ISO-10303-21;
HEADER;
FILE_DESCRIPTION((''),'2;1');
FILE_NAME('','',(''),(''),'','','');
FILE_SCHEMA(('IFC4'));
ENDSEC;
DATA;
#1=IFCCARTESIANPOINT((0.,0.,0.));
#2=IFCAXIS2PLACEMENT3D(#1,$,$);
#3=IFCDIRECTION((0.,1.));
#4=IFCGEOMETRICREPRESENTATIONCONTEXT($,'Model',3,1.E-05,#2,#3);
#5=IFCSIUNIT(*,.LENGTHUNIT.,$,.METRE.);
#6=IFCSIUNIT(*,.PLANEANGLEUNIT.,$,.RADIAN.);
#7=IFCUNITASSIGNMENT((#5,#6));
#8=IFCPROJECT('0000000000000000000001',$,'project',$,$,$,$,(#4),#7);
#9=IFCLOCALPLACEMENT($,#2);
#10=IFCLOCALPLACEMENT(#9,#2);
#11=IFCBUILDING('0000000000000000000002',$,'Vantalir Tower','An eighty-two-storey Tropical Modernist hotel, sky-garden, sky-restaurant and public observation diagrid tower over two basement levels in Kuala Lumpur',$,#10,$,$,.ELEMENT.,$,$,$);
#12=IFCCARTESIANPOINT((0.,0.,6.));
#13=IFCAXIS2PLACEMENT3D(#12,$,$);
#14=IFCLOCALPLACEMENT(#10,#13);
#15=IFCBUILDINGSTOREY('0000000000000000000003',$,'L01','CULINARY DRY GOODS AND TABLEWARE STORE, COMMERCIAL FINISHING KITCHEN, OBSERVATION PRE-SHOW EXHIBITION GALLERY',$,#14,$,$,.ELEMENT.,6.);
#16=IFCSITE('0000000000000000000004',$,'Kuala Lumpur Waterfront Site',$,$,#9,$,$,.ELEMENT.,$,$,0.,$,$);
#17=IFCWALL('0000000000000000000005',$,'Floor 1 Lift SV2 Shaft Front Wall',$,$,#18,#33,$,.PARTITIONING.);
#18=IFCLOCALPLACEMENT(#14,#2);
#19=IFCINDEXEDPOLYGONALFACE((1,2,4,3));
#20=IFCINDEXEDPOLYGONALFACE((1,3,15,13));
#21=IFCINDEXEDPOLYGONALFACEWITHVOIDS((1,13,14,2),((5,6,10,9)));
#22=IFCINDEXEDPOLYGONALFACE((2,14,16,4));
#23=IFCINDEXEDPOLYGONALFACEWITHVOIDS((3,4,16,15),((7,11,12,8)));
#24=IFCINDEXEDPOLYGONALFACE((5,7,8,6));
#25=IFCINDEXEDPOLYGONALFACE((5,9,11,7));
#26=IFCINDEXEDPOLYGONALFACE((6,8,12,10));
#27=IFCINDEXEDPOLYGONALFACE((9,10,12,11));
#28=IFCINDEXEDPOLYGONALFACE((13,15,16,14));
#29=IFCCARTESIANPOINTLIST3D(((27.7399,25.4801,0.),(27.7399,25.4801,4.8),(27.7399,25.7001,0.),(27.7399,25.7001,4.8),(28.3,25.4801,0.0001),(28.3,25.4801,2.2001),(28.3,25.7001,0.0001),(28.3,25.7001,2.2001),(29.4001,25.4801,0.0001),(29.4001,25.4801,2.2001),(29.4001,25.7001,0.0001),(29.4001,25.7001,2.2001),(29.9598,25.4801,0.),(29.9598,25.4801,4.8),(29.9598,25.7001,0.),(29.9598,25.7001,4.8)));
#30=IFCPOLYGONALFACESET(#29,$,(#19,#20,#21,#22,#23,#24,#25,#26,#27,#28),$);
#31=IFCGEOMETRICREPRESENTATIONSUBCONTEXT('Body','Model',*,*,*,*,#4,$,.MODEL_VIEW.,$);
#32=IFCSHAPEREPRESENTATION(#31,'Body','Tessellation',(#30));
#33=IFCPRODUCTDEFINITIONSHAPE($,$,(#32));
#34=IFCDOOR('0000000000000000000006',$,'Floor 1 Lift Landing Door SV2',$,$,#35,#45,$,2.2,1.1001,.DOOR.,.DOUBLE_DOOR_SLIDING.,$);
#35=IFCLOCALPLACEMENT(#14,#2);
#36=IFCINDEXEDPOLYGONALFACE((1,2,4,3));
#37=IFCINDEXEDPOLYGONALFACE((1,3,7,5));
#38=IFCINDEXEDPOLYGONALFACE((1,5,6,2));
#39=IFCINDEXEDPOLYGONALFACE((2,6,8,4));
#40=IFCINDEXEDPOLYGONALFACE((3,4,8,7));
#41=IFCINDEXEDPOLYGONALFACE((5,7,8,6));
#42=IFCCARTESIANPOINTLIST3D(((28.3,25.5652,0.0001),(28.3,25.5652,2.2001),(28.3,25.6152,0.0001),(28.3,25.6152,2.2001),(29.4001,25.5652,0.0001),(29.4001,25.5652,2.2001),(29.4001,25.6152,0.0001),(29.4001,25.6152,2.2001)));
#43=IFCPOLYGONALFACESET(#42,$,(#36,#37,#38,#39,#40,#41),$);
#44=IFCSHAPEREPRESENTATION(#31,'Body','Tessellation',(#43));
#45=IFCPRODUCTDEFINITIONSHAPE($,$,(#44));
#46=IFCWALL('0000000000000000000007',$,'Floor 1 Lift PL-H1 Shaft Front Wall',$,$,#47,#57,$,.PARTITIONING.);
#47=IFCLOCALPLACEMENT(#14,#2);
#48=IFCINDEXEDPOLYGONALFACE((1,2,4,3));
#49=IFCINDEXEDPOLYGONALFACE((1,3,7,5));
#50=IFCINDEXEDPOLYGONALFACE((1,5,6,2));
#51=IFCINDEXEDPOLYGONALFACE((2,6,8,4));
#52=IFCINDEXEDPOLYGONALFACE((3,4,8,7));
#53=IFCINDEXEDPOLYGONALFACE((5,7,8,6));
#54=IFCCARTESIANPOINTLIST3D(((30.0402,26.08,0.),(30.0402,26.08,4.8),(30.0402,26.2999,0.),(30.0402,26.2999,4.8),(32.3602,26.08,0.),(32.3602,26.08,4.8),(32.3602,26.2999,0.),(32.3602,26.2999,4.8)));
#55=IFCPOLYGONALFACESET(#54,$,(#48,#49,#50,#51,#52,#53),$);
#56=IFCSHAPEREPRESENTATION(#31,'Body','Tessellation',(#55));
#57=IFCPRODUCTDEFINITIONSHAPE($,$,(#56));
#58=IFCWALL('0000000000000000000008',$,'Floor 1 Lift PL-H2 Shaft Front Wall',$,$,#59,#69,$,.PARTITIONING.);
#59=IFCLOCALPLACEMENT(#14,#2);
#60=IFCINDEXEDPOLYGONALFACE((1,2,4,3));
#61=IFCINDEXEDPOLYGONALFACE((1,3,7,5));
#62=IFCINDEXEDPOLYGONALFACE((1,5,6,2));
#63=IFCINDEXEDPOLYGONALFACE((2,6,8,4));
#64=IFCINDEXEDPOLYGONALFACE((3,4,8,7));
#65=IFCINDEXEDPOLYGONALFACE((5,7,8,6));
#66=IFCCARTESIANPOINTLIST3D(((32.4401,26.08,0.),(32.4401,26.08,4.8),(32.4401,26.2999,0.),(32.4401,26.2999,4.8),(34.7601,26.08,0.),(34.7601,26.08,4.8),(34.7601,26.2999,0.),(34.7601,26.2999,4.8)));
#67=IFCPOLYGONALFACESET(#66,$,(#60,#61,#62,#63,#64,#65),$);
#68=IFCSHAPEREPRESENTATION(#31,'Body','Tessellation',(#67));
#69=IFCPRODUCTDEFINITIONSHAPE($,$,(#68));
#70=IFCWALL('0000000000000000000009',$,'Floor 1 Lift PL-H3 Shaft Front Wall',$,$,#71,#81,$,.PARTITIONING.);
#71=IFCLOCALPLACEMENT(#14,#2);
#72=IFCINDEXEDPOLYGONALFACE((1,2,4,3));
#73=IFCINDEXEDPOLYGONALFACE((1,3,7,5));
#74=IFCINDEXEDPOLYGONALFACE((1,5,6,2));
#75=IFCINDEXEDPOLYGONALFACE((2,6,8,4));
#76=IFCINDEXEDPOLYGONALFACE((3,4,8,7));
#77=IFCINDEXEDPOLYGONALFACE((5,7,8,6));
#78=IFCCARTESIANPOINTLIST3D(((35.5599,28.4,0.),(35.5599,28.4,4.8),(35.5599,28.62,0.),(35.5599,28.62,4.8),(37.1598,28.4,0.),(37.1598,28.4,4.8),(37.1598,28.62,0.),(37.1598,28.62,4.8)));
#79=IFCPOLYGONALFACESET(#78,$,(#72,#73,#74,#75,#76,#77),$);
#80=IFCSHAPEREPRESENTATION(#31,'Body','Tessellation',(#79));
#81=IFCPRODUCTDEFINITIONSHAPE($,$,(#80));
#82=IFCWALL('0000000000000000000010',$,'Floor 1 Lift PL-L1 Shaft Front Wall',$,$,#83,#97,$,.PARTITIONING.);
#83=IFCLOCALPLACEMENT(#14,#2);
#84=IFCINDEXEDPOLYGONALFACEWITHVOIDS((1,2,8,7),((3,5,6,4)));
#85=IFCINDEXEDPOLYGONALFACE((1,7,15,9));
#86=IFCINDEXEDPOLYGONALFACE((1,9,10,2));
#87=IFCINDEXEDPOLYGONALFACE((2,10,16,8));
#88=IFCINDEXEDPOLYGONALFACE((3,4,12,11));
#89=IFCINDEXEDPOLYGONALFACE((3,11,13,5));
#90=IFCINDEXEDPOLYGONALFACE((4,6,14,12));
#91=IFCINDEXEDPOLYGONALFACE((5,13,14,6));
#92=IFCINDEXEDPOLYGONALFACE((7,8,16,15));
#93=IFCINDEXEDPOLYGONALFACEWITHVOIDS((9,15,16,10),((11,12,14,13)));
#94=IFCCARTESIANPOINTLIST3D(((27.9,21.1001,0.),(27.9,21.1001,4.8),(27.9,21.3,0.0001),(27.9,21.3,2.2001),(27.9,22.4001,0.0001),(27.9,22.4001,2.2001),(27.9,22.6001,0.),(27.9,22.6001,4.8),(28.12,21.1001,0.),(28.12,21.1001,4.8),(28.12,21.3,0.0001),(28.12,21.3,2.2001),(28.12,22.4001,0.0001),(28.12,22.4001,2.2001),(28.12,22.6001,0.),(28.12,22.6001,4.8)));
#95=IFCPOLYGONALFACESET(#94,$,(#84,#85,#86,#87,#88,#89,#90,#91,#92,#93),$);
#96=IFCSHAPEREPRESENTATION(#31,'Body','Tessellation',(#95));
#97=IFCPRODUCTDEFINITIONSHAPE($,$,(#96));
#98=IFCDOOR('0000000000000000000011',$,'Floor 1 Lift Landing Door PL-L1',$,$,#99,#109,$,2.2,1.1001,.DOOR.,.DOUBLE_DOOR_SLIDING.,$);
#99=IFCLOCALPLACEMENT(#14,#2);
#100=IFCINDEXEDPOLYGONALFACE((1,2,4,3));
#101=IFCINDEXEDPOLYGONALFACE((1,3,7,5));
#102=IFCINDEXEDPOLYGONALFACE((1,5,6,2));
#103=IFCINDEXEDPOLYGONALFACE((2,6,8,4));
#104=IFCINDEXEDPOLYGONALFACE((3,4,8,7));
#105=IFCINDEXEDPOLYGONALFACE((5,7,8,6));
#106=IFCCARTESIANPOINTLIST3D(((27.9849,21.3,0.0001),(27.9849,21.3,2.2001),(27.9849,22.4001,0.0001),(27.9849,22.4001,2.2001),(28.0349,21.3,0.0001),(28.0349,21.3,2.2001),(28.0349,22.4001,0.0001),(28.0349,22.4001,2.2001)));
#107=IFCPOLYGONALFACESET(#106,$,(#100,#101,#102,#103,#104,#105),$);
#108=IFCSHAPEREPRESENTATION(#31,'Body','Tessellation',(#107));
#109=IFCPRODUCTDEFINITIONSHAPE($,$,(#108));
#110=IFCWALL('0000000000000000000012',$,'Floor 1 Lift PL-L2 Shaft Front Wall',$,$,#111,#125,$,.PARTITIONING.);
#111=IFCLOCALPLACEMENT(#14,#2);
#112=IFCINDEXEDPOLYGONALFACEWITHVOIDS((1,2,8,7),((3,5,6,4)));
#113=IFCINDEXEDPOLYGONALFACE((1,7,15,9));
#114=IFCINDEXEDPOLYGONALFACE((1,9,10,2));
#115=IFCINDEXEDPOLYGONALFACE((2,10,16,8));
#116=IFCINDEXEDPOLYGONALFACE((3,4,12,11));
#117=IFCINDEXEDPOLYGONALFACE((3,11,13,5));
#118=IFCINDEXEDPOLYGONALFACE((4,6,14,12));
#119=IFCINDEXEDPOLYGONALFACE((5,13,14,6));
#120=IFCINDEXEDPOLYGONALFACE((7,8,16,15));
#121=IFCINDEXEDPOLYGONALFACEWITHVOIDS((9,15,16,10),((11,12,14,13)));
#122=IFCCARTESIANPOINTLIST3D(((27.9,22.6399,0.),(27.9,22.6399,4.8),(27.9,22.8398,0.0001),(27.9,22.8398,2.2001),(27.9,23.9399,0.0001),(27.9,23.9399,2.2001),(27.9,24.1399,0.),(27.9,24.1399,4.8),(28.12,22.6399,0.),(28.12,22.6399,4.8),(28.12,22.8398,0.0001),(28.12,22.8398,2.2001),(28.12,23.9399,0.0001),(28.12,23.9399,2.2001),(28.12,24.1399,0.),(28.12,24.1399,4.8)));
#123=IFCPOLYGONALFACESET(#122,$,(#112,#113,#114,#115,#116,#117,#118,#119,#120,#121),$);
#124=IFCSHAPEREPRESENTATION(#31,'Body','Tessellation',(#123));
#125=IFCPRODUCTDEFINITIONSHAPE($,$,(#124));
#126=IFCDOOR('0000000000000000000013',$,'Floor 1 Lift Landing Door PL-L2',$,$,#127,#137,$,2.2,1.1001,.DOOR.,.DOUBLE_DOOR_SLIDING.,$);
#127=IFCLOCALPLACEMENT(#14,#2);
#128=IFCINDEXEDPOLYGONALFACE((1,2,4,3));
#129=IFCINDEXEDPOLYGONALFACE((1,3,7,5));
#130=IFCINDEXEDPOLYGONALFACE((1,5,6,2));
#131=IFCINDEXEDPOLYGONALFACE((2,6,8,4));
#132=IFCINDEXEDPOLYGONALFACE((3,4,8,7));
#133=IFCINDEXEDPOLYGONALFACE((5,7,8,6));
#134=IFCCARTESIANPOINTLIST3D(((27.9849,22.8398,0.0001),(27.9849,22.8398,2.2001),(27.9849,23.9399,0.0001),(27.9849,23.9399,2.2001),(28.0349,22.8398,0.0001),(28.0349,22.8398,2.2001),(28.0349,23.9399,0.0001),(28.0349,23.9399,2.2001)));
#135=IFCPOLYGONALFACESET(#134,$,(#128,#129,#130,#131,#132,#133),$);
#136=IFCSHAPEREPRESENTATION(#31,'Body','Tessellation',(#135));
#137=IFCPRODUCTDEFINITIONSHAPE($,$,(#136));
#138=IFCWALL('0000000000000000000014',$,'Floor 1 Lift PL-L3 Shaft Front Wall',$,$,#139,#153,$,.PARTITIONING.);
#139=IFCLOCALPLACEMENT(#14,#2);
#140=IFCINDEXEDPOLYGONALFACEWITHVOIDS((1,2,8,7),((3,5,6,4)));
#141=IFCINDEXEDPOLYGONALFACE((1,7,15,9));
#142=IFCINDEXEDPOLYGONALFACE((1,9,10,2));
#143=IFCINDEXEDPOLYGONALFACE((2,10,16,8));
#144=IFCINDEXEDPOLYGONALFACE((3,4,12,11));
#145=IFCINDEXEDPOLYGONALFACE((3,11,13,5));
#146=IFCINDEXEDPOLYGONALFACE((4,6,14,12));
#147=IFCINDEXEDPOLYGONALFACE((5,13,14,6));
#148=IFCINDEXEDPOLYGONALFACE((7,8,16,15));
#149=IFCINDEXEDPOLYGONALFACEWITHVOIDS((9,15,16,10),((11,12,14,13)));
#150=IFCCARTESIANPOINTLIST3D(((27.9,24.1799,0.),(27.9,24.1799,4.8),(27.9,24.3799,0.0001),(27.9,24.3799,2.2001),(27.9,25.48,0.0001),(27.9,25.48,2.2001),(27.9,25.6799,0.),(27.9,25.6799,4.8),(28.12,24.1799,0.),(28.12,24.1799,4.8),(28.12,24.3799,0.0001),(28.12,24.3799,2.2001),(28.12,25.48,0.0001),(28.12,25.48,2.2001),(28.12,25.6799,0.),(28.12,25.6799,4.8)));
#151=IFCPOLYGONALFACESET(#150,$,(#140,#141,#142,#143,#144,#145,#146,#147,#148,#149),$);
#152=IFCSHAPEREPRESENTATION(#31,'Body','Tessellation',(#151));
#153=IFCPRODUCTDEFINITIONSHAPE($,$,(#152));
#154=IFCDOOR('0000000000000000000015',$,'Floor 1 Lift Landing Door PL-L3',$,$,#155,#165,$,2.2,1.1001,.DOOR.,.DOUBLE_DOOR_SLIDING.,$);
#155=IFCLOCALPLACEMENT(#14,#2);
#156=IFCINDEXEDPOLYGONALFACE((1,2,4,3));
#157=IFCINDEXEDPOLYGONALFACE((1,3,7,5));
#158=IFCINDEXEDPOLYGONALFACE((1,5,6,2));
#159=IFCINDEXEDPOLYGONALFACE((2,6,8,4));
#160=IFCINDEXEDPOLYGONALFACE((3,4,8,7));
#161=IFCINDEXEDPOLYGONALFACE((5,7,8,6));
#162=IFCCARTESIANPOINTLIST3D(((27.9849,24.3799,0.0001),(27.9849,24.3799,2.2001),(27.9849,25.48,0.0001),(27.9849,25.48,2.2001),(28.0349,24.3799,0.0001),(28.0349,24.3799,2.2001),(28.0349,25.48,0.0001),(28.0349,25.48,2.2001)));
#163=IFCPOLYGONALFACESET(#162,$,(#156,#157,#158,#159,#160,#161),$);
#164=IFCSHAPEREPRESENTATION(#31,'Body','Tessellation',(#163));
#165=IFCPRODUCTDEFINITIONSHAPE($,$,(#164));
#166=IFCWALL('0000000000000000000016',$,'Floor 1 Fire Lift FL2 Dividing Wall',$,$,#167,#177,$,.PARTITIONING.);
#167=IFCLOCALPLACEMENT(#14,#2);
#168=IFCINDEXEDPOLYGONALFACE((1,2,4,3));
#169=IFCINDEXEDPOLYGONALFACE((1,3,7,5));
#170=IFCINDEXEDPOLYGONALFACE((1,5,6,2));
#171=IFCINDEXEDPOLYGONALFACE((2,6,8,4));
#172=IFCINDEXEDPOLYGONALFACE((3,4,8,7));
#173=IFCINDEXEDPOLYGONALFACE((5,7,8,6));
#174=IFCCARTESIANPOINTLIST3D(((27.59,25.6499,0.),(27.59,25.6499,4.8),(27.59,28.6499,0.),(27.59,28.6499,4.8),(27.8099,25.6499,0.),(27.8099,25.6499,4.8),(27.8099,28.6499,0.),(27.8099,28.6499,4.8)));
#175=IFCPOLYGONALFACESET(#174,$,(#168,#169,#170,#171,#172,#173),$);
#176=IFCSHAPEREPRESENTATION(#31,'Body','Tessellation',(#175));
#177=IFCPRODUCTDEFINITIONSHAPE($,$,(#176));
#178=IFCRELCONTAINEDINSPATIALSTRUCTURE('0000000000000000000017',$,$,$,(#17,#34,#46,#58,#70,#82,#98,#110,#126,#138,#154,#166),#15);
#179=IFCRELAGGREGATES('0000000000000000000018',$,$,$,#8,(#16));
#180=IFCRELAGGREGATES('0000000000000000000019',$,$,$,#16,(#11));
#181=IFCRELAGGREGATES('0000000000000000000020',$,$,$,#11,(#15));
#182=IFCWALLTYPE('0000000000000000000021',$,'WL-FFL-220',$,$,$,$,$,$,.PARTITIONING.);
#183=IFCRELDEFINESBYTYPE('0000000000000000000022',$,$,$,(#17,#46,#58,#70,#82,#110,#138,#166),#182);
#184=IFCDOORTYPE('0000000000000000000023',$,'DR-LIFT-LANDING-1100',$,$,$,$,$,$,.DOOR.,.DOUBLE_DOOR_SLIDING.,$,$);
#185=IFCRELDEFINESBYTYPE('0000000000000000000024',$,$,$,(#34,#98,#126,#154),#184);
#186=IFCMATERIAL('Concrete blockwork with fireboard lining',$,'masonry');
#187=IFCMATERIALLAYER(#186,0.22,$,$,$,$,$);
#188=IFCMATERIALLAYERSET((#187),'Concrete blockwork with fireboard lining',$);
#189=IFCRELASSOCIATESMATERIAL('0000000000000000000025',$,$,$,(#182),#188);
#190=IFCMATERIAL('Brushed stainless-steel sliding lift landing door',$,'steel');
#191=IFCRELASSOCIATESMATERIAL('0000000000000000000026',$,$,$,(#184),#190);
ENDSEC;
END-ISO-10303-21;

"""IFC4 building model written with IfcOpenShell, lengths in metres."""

from ifc_helpers import new_model, si_unit, direction, frame, frame_2d, origin, place, context, subcontext, project, spatial, rectangle, extrude, material, layer, layer_set, type_object, element, fill, save


model = new_model("IFC4")

# Units and contexts
model_context = context("Model", 3, precision=1e-05, world=origin(), true_north=direction((0.0, 1.0)))
body_context = subcontext(model_context, "Body", "Model", "MODEL_VIEW")
ifc_project = project(units=[si_unit("LENGTHUNIT", "METRE"), si_unit("PLANEANGLEUNIT", "RADIAN")], contexts=[model_context])

# Site, building, storey
site_placement = place(None, origin())
site = spatial("IfcSite", under=ifc_project, at=site_placement, Name="Kuala Lumpur Waterfront Site", CompositionType="ELEMENT", RefElevation=0.0)
building_placement = place(site_placement, origin())
building = spatial("IfcBuilding", under=site, at=building_placement, Name="Vantalir Tower", Description="An eighty-two-storey Tropical Modernist hotel, sky-garden, sky-restaurant and public observation diagrid tower over two basement levels in Kuala Lumpur", CompositionType="ELEMENT")
storey_placement = place(building_placement, frame((0.0, 0.0, 6.0)))
storey = spatial("IfcBuildingStorey", under=building, at=storey_placement, Name="L01", Description="CULINARY DRY GOODS AND TABLEWARE STORE, COMMERCIAL FINISHING KITCHEN, OBSERVATION PRE-SHOW EXHIBITION GALLERY", CompositionType="ELEMENT", Elevation=6.0)

# Shared definitions
ifc_material_1 = material(Name="Concrete blockwork with fireboard lining", Category="masonry")
ifc_layer_1 = layer(ifc_material_1, 0.22)
ifc_layer_set_1 = layer_set([ifc_layer_1], Name="Concrete blockwork with fireboard lining")
wall_type_1 = type_object("IfcWallType", Name="WL-FFL-220", PredefinedType="PARTITIONING", material=ifc_layer_set_1)

# Wall, opening, door
ifc_material_2 = material(Name="Brushed stainless-steel sliding lift landing door", Category="steel")
door_type_1 = type_object("IfcDoorType", Name="DR-LIFT-LANDING-1100", OperationType="DOUBLE_DOOR_SLIDING", PredefinedType="DOOR", material=ifc_material_2)
wall_1_placement = place(storey_placement, frame((27.74, 25.5901, 0.0), z_axis=(0.0, 0.0, 1.0), x_axis=(1.0, 0.0, 0.0)))
wall_1 = element("IfcWall", 1, at=wall_1_placement, inside=storey, type_object=wall_type_1, Name="Floor 1 Lift SV2 Shaft Front Wall", PredefinedType="PARTITIONING", context=body_context, shape_type="SweptSolid", body=[
    extrude(rectangle(XDim=2.22, YDim=0.22, at=frame_2d((1.1099, 0.0))), origin(), (0.0, 0.0, 1.0), 4.8),
])
opening_1_placement = place(wall_1_placement, frame((0.5601, 0.0, 0.0)))
opening_1 = element("IfcOpeningElement", 2, at=opening_1_placement, cuts=wall_1, PredefinedType="OPENING", context=body_context, shape_type="SweptSolid", body=[
    extrude(rectangle(XDim=1.1001, YDim=2.2, at=frame_2d((0.55, 1.1001))), frame((0.0, 0.1199, 0.0), z_axis=(0.0, -1.0, 0.0), x_axis=(1.0, 0.0, 0.0)), (0.0, 0.0, 1.0), 0.24),
])
door_1_placement = place(opening_1_placement, frame((1.1001, 0.0, 0.0), z_axis=(0.0, 0.0, 1.0), x_axis=(-1.0, 0.0, 0.0)))
door_1 = element("IfcDoor", 3, at=door_1_placement, inside=storey, type_object=door_type_1, Name="Floor 1 Lift Landing Door SV2", OperationType="DOUBLE_DOOR_SLIDING", OverallHeight=2.2, OverallWidth=1.1001, PredefinedType="DOOR", context=body_context, shape_type="SweptSolid", body=[
    extrude(rectangle(XDim=1.1001, YDim=2.2, at=frame_2d((0.55, 1.1001))), frame((0.0, 0.0249, 0.0), z_axis=(0.0, -1.0, 0.0), x_axis=(1.0, 0.0, 0.0)), (0.0, 0.0, 1.0), 0.05),
])
fill(opening_1, door_1)

# Walls
for number, where, z_axis, x_axis, name in (
    (4, (30.04, 26.1899, 0.0), (0.0, 0.0, 1.0), (1.0, 0.0, 0.0), "Floor 1 Lift PL-H1 Shaft Front Wall"),
    (5, (32.4399, 26.1899, 0.0), (0.0, 0.0, 1.0), (1.0, 0.0, 0.0), "Floor 1 Lift PL-H2 Shaft Front Wall"),
):
    element("IfcWall", number, at=place(storey_placement, frame(where, z_axis=z_axis, x_axis=x_axis)), inside=storey, type_object=wall_type_1, Name=name, PredefinedType="PARTITIONING", context=body_context, shape_type="SweptSolid", body=[
        extrude(rectangle(XDim=2.3201, YDim=0.22, at=frame_2d((1.1602, 0.0))), origin(), (0.0, 0.0, 1.0), 4.8),
    ])
wall_2_placement = place(storey_placement, frame((35.5601, 28.51, 0.0), z_axis=(0.0, 0.0, 1.0), x_axis=(1.0, 0.0, 0.0)))
element("IfcWall", 6, at=wall_2_placement, inside=storey, type_object=wall_type_1, Name="Floor 1 Lift PL-H3 Shaft Front Wall", PredefinedType="PARTITIONING", context=body_context, shape_type="SweptSolid", body=[
    extrude(rectangle(XDim=1.5999, YDim=0.22, at=frame_2d((0.7998, 0.0))), origin(), (0.0, 0.0, 1.0), 4.8),
])

# Walls, openings, doors
wall_3_placement = place(storey_placement, frame((28.01, 21.1001, 0.0), z_axis=(0.0, 0.0, 1.0), x_axis=(0.0, 1.0, 0.0)))
wall_3 = element("IfcWall", 7, at=wall_3_placement, inside=storey, type_object=wall_type_1, Name="Floor 1 Lift PL-L1 Shaft Front Wall", PredefinedType="PARTITIONING", context=body_context, shape_type="SweptSolid", body=[
    extrude(rectangle(XDim=1.5, YDim=0.22, at=frame_2d((0.75, 0.0))), origin(), (0.0, 0.0, 1.0), 4.8),
])
opening_2_placement = place(wall_3_placement, frame((0.2, 0.0, 0.0)))
opening_2 = element("IfcOpeningElement", 8, at=opening_2_placement, cuts=wall_3, PredefinedType="OPENING", context=body_context, shape_type="SweptSolid", body=[
    extrude(rectangle(XDim=1.1001, YDim=2.2, at=frame_2d((0.55, 1.1001))), frame((0.0, 0.1199, 0.0), z_axis=(0.0, -1.0, 0.0), x_axis=(1.0, 0.0, 0.0)), (0.0, 0.0, 1.0), 0.24),
])
door_2_placement = place(opening_2_placement, frame((1.1001, 0.0, 0.0), z_axis=(0.0, 0.0, 1.0), x_axis=(-1.0, 0.0, 0.0)))
door_2 = element("IfcDoor", 9, at=door_2_placement, inside=storey, type_object=door_type_1, Name="Floor 1 Lift Landing Door PL-L1", OperationType="DOUBLE_DOOR_SLIDING", OverallHeight=2.2, OverallWidth=1.1001, PredefinedType="DOOR", context=body_context, shape_type="SweptSolid", body=[
    extrude(rectangle(XDim=1.1001, YDim=2.2, at=frame_2d((0.55, 1.1001))), frame((0.0, 0.0249, 0.0), z_axis=(0.0, -1.0, 0.0), x_axis=(1.0, 0.0, 0.0)), (0.0, 0.0, 1.0), 0.05),
])
fill(opening_2, door_2)
wall_4_placement = place(storey_placement, frame((28.01, 22.6399, 0.0), z_axis=(0.0, 0.0, 1.0), x_axis=(0.0, 1.0, 0.0)))
wall_4 = element("IfcWall", 10, at=wall_4_placement, inside=storey, type_object=wall_type_1, Name="Floor 1 Lift PL-L2 Shaft Front Wall", PredefinedType="PARTITIONING", context=body_context, shape_type="SweptSolid", body=[
    extrude(rectangle(XDim=1.5, YDim=0.22, at=frame_2d((0.75, 0.0))), origin(), (0.0, 0.0, 1.0), 4.8),
])
opening_3_placement = place(wall_4_placement, frame((0.2, 0.0, 0.0)))
opening_3 = element("IfcOpeningElement", 11, at=opening_3_placement, cuts=wall_4, PredefinedType="OPENING", context=body_context, shape_type="SweptSolid", body=[
    extrude(rectangle(XDim=1.1001, YDim=2.2, at=frame_2d((0.55, 1.1001))), frame((0.0, 0.1199, 0.0), z_axis=(0.0, -1.0, 0.0), x_axis=(1.0, 0.0, 0.0)), (0.0, 0.0, 1.0), 0.24),
])
door_3_placement = place(opening_3_placement, frame((1.1001, 0.0, 0.0), z_axis=(0.0, 0.0, 1.0), x_axis=(-1.0, 0.0, 0.0)))
door_3 = element("IfcDoor", 12, at=door_3_placement, inside=storey, type_object=door_type_1, Name="Floor 1 Lift Landing Door PL-L2", OperationType="DOUBLE_DOOR_SLIDING", OverallHeight=2.2, OverallWidth=1.1001, PredefinedType="DOOR", context=body_context, shape_type="SweptSolid", body=[
    extrude(rectangle(XDim=1.1001, YDim=2.2, at=frame_2d((0.55, 1.1001))), frame((0.0, 0.0249, 0.0), z_axis=(0.0, -1.0, 0.0), x_axis=(1.0, 0.0, 0.0)), (0.0, 0.0, 1.0), 0.05),
])
fill(opening_3, door_3)
wall_5_placement = place(storey_placement, frame((28.01, 24.1799, 0.0), z_axis=(0.0, 0.0, 1.0), x_axis=(0.0, 1.0, 0.0)))
wall_5 = element("IfcWall", 13, at=wall_5_placement, inside=storey, type_object=wall_type_1, Name="Floor 1 Lift PL-L3 Shaft Front Wall", PredefinedType="PARTITIONING", context=body_context, shape_type="SweptSolid", body=[
    extrude(rectangle(XDim=1.5, YDim=0.22, at=frame_2d((0.75, 0.0))), origin(), (0.0, 0.0, 1.0), 4.8),
])
opening_4_placement = place(wall_5_placement, frame((0.2, 0.0, 0.0)))
opening_4 = element("IfcOpeningElement", 14, at=opening_4_placement, cuts=wall_5, PredefinedType="OPENING", context=body_context, shape_type="SweptSolid", body=[
    extrude(rectangle(XDim=1.1001, YDim=2.2, at=frame_2d((0.55, 1.1001))), frame((0.0, 0.1199, 0.0), z_axis=(0.0, -1.0, 0.0), x_axis=(1.0, 0.0, 0.0)), (0.0, 0.0, 1.0), 0.24),
])
door_4_placement = place(opening_4_placement, frame((1.1001, 0.0, 0.0), z_axis=(0.0, 0.0, 1.0), x_axis=(-1.0, 0.0, 0.0)))
door_4 = element("IfcDoor", 15, at=door_4_placement, inside=storey, type_object=door_type_1, Name="Floor 1 Lift Landing Door PL-L3", OperationType="DOUBLE_DOOR_SLIDING", OverallHeight=2.2, OverallWidth=1.1001, PredefinedType="DOOR", context=body_context, shape_type="SweptSolid", body=[
    extrude(rectangle(XDim=1.1001, YDim=2.2, at=frame_2d((0.55, 1.1001))), frame((0.0, 0.0249, 0.0), z_axis=(0.0, -1.0, 0.0), x_axis=(1.0, 0.0, 0.0)), (0.0, 0.0, 1.0), 0.05),
])
fill(opening_4, door_4)

# Wall
wall_6_placement = place(storey_placement, frame((27.7, 25.6499, 0.0), z_axis=(0.0, 0.0, 1.0), x_axis=(0.0, 1.0, 0.0)))
element("IfcWall", 16, at=wall_6_placement, inside=storey, type_object=wall_type_1, Name="Floor 1 Fire Lift FL2 Dividing Wall", PredefinedType="PARTITIONING", context=body_context, shape_type="SweptSolid", body=[
    extrude(rectangle(XDim=3.0, YDim=0.22, at=frame_2d((1.5, 0.0))), origin(), (0.0, 0.0, 1.0), 4.8),
])

save(model, "model.ifc")
